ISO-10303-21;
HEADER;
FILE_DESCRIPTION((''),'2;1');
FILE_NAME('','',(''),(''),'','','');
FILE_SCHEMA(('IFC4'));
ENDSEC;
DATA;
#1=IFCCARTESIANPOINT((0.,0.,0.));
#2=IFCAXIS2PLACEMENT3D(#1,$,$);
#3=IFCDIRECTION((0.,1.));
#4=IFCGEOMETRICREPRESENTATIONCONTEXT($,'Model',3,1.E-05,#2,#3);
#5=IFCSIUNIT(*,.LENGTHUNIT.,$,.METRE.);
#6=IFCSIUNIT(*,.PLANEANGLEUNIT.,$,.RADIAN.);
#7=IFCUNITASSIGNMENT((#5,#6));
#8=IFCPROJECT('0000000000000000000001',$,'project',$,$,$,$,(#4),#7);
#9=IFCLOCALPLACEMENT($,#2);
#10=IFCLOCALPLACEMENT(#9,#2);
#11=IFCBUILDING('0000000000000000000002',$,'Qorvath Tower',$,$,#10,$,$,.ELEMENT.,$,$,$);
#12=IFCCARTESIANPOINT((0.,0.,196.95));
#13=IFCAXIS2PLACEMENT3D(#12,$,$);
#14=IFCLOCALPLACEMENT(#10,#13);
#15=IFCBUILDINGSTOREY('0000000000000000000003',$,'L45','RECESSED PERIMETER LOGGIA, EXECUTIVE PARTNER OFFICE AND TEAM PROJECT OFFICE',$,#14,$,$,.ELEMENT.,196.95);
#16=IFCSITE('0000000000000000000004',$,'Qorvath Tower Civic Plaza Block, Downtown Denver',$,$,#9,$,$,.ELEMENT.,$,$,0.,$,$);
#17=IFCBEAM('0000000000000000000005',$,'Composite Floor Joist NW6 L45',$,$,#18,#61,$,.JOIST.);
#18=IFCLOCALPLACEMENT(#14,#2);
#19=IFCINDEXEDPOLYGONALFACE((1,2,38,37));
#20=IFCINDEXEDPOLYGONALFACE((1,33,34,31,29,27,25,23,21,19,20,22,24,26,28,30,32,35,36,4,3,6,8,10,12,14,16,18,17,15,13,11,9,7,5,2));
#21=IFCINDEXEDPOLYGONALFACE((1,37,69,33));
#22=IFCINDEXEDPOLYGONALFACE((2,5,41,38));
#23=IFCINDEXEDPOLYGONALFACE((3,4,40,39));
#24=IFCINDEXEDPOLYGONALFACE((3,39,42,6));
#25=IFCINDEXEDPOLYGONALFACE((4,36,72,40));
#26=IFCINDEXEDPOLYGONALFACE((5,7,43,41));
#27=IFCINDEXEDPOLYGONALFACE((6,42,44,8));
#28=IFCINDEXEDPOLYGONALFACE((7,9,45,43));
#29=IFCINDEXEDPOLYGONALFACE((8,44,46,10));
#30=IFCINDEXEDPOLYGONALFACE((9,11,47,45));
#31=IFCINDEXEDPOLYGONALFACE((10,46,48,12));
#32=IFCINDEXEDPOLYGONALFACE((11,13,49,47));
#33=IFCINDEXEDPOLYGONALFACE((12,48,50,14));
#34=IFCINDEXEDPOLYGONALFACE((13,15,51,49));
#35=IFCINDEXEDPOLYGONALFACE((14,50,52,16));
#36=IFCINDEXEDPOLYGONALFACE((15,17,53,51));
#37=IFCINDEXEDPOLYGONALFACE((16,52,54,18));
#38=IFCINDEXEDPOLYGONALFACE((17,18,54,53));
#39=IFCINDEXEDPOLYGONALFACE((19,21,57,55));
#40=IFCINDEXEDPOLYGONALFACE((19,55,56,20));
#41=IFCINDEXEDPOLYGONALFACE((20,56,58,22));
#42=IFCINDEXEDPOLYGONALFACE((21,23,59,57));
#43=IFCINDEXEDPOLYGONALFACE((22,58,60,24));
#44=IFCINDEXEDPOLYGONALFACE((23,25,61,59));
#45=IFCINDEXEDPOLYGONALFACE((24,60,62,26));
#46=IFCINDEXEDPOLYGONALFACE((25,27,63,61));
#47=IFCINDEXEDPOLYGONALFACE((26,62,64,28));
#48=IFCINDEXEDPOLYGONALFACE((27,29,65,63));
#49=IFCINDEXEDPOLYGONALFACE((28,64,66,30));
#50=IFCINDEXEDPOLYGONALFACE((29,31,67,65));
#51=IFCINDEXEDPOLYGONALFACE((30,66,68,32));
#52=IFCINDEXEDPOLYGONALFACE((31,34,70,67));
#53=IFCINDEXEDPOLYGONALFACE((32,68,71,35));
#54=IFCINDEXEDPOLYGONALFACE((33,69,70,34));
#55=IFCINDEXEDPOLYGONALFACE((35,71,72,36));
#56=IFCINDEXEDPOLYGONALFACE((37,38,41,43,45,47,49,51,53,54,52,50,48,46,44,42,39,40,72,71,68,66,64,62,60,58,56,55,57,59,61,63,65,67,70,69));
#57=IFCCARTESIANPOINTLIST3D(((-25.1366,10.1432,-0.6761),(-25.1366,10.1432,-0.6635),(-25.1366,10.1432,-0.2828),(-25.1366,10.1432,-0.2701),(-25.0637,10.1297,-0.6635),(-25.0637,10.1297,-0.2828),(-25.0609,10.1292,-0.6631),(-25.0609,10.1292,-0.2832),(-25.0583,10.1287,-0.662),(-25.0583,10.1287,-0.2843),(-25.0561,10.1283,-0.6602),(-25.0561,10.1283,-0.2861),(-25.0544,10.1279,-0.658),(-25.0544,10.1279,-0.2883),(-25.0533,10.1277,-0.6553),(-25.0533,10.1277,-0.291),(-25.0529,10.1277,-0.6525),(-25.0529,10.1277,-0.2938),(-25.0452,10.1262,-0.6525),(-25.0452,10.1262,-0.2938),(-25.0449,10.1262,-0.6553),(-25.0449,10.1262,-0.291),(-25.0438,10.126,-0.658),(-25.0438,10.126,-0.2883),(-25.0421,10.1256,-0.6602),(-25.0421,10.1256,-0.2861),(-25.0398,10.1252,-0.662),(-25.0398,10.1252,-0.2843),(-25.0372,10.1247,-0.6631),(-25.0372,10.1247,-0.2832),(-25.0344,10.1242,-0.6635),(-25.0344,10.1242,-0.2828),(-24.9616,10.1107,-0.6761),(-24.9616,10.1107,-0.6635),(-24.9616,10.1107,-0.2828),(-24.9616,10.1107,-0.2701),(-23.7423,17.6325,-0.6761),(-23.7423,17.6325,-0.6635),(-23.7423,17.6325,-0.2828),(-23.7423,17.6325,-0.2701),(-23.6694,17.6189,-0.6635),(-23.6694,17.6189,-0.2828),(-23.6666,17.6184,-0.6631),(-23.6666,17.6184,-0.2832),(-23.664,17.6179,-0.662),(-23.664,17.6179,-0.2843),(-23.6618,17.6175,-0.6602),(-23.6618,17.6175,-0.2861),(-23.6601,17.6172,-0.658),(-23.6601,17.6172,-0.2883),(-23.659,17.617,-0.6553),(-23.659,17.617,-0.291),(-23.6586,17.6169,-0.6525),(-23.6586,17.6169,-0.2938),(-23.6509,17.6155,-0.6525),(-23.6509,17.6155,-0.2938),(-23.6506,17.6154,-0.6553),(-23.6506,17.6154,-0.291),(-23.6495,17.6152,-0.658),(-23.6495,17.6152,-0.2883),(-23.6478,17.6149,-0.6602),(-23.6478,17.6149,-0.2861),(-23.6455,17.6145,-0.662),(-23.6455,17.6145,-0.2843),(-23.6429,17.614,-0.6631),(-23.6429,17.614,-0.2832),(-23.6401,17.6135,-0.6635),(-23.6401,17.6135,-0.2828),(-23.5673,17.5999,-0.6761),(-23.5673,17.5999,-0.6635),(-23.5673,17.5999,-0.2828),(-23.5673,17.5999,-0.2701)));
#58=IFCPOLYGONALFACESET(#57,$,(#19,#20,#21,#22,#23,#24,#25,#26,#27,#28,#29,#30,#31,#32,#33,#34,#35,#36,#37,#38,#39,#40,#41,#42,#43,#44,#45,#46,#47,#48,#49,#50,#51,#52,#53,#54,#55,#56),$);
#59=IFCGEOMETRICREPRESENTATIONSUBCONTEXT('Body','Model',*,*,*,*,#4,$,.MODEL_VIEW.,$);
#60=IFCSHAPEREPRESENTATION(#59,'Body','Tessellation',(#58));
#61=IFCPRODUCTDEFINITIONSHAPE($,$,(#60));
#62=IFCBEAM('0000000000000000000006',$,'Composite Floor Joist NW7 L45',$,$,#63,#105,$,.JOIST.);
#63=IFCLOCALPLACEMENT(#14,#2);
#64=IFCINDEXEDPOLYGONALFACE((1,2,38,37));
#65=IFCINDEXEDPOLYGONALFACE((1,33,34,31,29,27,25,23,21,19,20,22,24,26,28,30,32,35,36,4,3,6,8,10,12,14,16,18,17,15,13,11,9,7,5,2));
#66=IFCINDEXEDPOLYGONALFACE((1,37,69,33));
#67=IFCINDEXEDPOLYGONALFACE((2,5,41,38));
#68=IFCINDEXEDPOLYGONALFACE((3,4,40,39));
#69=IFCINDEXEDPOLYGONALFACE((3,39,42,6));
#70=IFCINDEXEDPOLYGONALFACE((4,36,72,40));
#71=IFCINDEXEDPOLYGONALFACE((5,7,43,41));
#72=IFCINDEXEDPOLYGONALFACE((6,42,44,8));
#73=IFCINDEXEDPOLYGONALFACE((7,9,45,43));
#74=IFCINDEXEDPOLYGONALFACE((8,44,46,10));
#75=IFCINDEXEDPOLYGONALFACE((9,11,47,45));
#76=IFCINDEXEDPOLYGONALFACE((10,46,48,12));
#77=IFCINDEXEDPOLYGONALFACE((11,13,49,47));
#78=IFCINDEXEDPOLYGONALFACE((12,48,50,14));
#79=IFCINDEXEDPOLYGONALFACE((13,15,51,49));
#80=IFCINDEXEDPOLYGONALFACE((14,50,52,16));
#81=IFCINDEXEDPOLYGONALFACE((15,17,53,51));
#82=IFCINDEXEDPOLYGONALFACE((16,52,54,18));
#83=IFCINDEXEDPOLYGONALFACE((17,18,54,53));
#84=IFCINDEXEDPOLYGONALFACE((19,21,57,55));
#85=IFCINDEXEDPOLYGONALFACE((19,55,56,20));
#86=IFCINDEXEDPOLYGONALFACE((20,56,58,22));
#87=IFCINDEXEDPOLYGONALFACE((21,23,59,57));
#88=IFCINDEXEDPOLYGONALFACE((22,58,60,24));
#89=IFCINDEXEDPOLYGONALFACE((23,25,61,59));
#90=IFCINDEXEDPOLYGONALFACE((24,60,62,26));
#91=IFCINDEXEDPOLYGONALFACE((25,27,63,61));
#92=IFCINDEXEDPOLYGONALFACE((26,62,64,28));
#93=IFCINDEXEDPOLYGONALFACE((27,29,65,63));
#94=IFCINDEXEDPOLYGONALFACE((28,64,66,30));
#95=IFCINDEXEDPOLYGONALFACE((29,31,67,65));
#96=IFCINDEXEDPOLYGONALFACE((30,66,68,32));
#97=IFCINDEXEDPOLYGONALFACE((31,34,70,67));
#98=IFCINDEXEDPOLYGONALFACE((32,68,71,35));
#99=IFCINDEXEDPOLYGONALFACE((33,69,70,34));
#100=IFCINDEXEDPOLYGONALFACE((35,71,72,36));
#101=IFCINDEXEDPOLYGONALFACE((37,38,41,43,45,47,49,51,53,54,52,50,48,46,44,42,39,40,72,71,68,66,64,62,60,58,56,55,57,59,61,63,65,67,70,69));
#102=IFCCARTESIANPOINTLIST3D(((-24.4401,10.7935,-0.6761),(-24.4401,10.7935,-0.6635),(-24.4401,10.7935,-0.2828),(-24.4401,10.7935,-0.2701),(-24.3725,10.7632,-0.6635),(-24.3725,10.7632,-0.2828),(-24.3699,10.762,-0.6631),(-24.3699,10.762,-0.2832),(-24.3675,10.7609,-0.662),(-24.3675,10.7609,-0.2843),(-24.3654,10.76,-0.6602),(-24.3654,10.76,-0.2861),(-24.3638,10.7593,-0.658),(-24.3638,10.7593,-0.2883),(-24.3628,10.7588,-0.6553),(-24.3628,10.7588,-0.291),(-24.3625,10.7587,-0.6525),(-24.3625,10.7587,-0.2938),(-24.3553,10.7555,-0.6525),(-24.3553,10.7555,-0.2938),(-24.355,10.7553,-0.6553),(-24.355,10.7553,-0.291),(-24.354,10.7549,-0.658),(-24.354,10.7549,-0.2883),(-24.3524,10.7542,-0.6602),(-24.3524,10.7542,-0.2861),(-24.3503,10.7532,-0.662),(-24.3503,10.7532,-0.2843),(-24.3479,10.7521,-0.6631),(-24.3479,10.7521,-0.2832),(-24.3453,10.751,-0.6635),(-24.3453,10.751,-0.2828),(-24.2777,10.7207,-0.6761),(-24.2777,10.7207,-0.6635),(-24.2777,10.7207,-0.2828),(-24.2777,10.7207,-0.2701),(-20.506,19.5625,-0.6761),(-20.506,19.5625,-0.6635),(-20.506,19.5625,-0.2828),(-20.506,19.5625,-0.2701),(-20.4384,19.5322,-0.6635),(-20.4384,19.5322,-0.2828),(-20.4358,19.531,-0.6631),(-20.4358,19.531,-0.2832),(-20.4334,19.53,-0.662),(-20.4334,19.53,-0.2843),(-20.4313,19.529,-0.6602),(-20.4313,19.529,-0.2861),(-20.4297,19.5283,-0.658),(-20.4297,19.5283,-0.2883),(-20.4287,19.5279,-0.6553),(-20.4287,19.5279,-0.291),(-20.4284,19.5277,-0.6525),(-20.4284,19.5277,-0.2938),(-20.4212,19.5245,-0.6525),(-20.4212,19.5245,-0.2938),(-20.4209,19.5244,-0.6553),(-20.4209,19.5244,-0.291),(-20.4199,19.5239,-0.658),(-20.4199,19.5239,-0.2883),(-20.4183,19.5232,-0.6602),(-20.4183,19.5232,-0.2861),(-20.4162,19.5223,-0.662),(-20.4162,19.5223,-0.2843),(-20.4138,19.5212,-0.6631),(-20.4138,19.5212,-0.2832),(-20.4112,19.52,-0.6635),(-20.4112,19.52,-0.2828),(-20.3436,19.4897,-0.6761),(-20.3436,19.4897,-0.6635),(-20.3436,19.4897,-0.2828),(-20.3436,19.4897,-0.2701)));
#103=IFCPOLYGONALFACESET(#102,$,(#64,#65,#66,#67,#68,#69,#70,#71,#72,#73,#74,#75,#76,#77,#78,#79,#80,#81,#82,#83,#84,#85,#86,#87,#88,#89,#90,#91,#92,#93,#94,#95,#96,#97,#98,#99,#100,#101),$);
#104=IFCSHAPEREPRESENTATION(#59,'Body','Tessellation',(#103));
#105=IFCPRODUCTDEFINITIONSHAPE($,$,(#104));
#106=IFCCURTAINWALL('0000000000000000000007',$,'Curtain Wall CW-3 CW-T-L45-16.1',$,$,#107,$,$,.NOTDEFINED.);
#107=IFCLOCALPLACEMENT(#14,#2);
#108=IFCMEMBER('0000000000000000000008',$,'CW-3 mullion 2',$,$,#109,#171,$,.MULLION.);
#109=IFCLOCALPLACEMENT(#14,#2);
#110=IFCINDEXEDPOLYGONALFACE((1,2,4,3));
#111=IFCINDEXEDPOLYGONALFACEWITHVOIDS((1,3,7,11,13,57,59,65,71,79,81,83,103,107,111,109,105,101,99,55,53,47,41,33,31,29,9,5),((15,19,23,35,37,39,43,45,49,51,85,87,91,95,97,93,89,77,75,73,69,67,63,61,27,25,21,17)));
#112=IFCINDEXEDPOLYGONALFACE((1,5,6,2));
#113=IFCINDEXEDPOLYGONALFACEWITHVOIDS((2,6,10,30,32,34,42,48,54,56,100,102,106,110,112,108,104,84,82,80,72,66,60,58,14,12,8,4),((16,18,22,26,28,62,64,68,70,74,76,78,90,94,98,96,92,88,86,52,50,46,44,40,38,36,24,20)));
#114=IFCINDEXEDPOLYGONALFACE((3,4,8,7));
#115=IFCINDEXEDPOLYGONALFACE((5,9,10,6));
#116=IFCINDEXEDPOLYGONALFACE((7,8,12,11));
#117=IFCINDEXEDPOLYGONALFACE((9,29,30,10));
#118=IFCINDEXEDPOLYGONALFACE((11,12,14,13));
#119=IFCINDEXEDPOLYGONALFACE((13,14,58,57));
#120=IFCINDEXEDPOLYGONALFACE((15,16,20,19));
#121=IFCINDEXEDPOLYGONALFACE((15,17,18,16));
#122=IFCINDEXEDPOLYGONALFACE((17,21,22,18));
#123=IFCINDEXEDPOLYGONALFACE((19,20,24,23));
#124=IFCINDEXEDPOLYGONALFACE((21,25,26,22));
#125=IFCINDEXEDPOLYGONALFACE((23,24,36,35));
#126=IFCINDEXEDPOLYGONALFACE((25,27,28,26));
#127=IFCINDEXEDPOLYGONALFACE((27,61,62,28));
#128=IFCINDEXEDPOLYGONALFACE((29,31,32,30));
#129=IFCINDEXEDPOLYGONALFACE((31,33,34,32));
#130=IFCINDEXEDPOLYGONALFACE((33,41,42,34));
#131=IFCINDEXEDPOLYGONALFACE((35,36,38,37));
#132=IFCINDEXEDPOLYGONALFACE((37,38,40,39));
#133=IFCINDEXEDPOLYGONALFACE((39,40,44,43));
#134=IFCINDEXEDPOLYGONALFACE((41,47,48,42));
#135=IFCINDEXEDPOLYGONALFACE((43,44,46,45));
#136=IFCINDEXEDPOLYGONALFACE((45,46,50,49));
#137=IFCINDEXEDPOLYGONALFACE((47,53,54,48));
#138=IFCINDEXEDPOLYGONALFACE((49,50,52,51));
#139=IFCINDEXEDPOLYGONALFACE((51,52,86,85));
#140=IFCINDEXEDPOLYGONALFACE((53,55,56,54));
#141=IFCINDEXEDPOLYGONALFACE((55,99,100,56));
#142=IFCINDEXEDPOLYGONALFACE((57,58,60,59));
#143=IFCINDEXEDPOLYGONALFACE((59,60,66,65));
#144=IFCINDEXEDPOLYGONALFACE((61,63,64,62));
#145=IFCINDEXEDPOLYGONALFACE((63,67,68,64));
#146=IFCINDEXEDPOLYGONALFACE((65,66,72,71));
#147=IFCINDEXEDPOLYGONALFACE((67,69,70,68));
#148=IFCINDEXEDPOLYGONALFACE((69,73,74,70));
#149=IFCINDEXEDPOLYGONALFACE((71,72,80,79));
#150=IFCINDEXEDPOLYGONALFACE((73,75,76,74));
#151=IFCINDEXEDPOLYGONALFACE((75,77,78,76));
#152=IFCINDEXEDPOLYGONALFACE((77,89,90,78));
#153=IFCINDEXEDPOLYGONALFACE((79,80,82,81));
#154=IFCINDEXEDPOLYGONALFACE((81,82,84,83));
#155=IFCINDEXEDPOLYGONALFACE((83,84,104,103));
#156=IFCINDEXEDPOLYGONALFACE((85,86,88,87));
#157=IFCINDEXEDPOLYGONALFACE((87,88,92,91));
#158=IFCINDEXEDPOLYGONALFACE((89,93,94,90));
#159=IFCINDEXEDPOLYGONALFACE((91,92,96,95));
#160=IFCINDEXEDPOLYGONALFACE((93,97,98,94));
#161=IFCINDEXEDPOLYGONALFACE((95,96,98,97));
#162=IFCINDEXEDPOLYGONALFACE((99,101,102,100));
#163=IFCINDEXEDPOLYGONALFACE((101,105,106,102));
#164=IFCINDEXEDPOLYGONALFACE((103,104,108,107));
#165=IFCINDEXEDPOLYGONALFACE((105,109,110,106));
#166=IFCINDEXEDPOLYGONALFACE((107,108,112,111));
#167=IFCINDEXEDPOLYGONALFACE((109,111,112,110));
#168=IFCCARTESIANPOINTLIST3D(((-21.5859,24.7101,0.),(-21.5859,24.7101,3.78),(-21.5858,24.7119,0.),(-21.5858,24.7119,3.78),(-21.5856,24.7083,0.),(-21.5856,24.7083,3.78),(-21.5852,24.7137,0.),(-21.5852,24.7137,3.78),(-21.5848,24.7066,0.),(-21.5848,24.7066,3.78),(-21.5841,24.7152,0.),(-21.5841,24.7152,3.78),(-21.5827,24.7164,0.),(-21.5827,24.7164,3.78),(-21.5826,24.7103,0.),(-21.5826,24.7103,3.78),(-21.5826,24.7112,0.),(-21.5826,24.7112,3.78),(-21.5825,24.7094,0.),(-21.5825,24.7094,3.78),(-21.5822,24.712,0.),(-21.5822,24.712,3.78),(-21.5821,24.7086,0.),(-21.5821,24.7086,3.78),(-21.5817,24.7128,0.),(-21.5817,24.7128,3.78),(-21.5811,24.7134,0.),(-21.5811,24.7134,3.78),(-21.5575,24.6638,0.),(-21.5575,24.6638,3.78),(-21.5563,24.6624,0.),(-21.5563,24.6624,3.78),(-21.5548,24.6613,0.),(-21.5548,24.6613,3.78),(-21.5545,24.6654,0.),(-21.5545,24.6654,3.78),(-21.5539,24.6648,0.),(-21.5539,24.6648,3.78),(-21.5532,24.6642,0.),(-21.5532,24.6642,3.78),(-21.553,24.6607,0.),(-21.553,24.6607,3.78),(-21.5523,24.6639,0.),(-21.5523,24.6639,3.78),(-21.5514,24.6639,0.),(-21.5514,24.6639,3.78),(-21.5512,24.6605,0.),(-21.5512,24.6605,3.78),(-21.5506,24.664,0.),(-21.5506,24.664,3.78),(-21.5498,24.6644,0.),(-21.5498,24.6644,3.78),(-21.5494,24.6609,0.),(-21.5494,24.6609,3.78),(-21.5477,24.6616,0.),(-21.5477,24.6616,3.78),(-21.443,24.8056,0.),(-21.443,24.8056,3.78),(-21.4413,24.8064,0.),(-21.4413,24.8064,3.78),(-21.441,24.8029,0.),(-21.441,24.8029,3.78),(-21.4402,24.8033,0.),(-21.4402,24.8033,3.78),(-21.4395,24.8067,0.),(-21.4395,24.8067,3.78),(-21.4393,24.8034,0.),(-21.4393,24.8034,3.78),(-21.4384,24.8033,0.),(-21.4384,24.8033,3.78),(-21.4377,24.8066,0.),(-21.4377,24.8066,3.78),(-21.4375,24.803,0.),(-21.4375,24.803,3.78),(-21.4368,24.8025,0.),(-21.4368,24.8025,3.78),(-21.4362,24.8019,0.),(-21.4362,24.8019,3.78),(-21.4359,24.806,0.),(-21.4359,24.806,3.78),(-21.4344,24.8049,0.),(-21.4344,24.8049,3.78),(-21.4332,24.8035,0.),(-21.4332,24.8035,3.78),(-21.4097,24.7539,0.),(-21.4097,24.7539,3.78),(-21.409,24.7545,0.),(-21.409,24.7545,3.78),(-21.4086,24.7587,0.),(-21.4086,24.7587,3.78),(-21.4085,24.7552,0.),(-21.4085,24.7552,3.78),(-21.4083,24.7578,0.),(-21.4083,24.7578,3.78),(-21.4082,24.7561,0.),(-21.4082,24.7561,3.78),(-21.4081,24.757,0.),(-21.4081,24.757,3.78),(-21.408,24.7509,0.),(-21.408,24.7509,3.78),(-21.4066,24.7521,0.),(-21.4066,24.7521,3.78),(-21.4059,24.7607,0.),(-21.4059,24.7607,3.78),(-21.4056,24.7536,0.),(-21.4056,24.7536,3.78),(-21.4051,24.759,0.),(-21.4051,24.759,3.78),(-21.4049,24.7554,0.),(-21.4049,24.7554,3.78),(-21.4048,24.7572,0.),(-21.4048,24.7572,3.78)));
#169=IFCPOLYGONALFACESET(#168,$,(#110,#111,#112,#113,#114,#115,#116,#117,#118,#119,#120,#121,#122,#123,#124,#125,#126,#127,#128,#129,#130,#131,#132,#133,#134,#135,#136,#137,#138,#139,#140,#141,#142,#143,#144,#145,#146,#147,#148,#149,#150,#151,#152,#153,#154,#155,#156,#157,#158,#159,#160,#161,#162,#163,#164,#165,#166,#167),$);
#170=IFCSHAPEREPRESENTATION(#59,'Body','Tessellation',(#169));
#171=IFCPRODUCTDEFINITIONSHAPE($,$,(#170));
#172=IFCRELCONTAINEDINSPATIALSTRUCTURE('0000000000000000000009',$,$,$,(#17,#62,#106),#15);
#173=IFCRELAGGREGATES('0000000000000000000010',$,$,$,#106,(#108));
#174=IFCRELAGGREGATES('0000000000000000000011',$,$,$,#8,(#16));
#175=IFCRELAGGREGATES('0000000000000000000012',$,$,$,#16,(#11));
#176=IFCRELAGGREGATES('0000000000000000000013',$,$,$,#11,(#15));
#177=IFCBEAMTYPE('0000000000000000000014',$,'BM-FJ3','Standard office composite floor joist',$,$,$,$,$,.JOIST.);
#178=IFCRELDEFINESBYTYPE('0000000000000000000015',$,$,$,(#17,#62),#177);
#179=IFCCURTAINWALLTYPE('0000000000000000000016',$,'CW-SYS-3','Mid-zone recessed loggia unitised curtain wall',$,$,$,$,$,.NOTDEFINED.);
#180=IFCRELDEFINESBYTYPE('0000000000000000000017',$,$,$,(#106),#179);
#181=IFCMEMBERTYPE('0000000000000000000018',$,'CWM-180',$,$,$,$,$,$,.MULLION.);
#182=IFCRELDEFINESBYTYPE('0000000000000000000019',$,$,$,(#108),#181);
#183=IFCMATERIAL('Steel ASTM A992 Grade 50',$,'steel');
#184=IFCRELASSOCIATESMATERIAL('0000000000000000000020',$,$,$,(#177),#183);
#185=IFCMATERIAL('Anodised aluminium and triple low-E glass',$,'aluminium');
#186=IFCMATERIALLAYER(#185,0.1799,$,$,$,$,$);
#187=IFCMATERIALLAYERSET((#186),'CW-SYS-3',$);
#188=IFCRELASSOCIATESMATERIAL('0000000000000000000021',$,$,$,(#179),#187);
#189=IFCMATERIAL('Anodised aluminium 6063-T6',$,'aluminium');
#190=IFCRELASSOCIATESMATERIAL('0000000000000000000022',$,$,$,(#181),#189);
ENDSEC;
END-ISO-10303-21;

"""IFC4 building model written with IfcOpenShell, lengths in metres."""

from ifc_helpers import new_model, si_unit, direction, frame, origin, origin_2d, place, context, subcontext, project, spatial, hollow_rectangle, i_section, extrude, material, layer, layer_set, material_profile, profile_set, type_object, element, aggregate, save


model = new_model("IFC4")

# Units and contexts
model_context = context("Model", 3, precision=1e-05, world=origin(), true_north=direction((0.0, 1.0)))
body_context = subcontext(model_context, "Body", "Model", "MODEL_VIEW")
ifc_project = project(units=[si_unit("LENGTHUNIT", "METRE"), si_unit("PLANEANGLEUNIT", "RADIAN")], contexts=[model_context])

# Site, building, storey
site_placement = place(None, origin())
site = spatial("IfcSite", under=ifc_project, at=site_placement, Name="Qorvath Tower Civic Plaza Block, Downtown Denver", CompositionType="ELEMENT", RefElevation=0.0)
building_placement = place(site_placement, origin())
building = spatial("IfcBuilding", under=site, at=building_placement, Name="Qorvath Tower", CompositionType="ELEMENT")
storey_placement = place(building_placement, frame((0.0, 0.0, 196.95)))
storey = spatial("IfcBuildingStorey", under=building, at=storey_placement, Name="L45", Description="RECESSED PERIMETER LOGGIA, EXECUTIVE PARTNER OFFICE AND TEAM PROJECT OFFICE", CompositionType="ELEMENT", Elevation=196.95)

# Beams
ifc_material_1 = material(Name="Steel ASTM A992 Grade 50", Category="steel")
ifc_material_profile_1 = material_profile(ifc_material_1, i_section(OverallWidth=0.178, OverallDepth=0.406, WebThickness=0.0078, FlangeThickness=0.0127, FilletRadius=0.011, at=origin_2d()), Name="W16x40")
ifc_profile_set_1 = profile_set([ifc_material_profile_1], Name="Steel ASTM A992 Grade 50")
beam_type_1 = type_object("IfcBeamType", Name="BM-FJ3", Description="Standard office composite floor joist", PredefinedType="JOIST", material=ifc_profile_set_1)
beam_1_placement = place(storey_placement, frame((-25.0491, 10.127, -0.4731), z_axis=(0.183027, 0.983108, 0.0), x_axis=(-0.983108, 0.183027, 0.0)))
element("IfcBeam", 1, at=beam_1_placement, inside=storey, type_object=beam_type_1, Name="Composite Floor Joist NW6 L45", PredefinedType="JOIST", context=body_context, shape_type="SweptSolid", body=[
    extrude(i_section(OverallWidth=0.178, OverallDepth=0.406, WebThickness=0.0078, FlangeThickness=0.0127, FilletRadius=0.011, at=origin_2d()), origin(), (0.0, 0.0, 1.0), 7.6179),
])
beam_2_placement = place(storey_placement, frame((-24.3589, 10.7571, -0.4731), z_axis=(0.409327, 0.912388, 0.0), x_axis=(-0.912388, 0.409327, 0.0)))
element("IfcBeam", 2, at=beam_2_placement, inside=storey, type_object=beam_type_1, Name="Composite Floor Joist NW7 L45", PredefinedType="JOIST", context=body_context, shape_type="SweptSolid", body=[
    extrude(i_section(OverallWidth=0.178, OverallDepth=0.406, WebThickness=0.0078, FlangeThickness=0.0127, FilletRadius=0.011, at=origin_2d()), origin(), (0.0, 0.0, 1.0), 9.6111),
])

# Curtain wall, member
ifc_material_2 = material(Name="Anodised aluminium and triple low-E glass", Category="aluminium")
ifc_layer_1 = layer(ifc_material_2, 0.1799)
ifc_layer_set_1 = layer_set([ifc_layer_1], Name="CW-SYS-3")
curtain_wall_type = type_object("IfcCurtainWallType", Name="CW-SYS-3", Description="Mid-zone recessed loggia unitised curtain wall", PredefinedType="NOTDEFINED", material=ifc_layer_set_1)
curtain_wall_placement = place(storey_placement, origin())
curtain_wall = element("IfcCurtainWall", 3, at=curtain_wall_placement, inside=storey, type_object=curtain_wall_type, Name="Curtain Wall CW-3 CW-T-L45-16.1", PredefinedType="NOTDEFINED")
ifc_material_3 = material(Name="Anodised aluminium 6063-T6", Category="aluminium")
ifc_material_profile_2 = material_profile(ifc_material_3, hollow_rectangle(XDim=0.0649, YDim=0.1799, WallThickness=0.0034, InnerFilletRadius=0.0034, OuterFilletRadius=0.0071, at=origin_2d()), Name="CWM 180x65")
ifc_profile_set_2 = profile_set([ifc_material_profile_2], Name="Anodised aluminium 6063-T6")
member_type_1 = type_object("IfcMemberType", Name="CWM-180", PredefinedType="MULLION", material=ifc_profile_set_2)
member_1_placement = place(storey_placement, frame((-21.4954, 24.7336, 0.0), z_axis=(0.0, 0.0, 1.0), x_axis=(0.538534, -0.842604, 0.0)))
member_1 = element("IfcMember", 4, at=member_1_placement, type_object=member_type_1, Name="CW-3 mullion 2", PredefinedType="MULLION", context=body_context, shape_type="SweptSolid", body=[
    extrude(hollow_rectangle(XDim=0.0649, YDim=0.1799, WallThickness=0.0034, InnerFilletRadius=0.0034, OuterFilletRadius=0.0071, at=origin_2d()), origin(), (0.0, 0.0, 1.0), 3.78),
])
aggregate(curtain_wall, [member_1])

save(model, "model.ifc")
